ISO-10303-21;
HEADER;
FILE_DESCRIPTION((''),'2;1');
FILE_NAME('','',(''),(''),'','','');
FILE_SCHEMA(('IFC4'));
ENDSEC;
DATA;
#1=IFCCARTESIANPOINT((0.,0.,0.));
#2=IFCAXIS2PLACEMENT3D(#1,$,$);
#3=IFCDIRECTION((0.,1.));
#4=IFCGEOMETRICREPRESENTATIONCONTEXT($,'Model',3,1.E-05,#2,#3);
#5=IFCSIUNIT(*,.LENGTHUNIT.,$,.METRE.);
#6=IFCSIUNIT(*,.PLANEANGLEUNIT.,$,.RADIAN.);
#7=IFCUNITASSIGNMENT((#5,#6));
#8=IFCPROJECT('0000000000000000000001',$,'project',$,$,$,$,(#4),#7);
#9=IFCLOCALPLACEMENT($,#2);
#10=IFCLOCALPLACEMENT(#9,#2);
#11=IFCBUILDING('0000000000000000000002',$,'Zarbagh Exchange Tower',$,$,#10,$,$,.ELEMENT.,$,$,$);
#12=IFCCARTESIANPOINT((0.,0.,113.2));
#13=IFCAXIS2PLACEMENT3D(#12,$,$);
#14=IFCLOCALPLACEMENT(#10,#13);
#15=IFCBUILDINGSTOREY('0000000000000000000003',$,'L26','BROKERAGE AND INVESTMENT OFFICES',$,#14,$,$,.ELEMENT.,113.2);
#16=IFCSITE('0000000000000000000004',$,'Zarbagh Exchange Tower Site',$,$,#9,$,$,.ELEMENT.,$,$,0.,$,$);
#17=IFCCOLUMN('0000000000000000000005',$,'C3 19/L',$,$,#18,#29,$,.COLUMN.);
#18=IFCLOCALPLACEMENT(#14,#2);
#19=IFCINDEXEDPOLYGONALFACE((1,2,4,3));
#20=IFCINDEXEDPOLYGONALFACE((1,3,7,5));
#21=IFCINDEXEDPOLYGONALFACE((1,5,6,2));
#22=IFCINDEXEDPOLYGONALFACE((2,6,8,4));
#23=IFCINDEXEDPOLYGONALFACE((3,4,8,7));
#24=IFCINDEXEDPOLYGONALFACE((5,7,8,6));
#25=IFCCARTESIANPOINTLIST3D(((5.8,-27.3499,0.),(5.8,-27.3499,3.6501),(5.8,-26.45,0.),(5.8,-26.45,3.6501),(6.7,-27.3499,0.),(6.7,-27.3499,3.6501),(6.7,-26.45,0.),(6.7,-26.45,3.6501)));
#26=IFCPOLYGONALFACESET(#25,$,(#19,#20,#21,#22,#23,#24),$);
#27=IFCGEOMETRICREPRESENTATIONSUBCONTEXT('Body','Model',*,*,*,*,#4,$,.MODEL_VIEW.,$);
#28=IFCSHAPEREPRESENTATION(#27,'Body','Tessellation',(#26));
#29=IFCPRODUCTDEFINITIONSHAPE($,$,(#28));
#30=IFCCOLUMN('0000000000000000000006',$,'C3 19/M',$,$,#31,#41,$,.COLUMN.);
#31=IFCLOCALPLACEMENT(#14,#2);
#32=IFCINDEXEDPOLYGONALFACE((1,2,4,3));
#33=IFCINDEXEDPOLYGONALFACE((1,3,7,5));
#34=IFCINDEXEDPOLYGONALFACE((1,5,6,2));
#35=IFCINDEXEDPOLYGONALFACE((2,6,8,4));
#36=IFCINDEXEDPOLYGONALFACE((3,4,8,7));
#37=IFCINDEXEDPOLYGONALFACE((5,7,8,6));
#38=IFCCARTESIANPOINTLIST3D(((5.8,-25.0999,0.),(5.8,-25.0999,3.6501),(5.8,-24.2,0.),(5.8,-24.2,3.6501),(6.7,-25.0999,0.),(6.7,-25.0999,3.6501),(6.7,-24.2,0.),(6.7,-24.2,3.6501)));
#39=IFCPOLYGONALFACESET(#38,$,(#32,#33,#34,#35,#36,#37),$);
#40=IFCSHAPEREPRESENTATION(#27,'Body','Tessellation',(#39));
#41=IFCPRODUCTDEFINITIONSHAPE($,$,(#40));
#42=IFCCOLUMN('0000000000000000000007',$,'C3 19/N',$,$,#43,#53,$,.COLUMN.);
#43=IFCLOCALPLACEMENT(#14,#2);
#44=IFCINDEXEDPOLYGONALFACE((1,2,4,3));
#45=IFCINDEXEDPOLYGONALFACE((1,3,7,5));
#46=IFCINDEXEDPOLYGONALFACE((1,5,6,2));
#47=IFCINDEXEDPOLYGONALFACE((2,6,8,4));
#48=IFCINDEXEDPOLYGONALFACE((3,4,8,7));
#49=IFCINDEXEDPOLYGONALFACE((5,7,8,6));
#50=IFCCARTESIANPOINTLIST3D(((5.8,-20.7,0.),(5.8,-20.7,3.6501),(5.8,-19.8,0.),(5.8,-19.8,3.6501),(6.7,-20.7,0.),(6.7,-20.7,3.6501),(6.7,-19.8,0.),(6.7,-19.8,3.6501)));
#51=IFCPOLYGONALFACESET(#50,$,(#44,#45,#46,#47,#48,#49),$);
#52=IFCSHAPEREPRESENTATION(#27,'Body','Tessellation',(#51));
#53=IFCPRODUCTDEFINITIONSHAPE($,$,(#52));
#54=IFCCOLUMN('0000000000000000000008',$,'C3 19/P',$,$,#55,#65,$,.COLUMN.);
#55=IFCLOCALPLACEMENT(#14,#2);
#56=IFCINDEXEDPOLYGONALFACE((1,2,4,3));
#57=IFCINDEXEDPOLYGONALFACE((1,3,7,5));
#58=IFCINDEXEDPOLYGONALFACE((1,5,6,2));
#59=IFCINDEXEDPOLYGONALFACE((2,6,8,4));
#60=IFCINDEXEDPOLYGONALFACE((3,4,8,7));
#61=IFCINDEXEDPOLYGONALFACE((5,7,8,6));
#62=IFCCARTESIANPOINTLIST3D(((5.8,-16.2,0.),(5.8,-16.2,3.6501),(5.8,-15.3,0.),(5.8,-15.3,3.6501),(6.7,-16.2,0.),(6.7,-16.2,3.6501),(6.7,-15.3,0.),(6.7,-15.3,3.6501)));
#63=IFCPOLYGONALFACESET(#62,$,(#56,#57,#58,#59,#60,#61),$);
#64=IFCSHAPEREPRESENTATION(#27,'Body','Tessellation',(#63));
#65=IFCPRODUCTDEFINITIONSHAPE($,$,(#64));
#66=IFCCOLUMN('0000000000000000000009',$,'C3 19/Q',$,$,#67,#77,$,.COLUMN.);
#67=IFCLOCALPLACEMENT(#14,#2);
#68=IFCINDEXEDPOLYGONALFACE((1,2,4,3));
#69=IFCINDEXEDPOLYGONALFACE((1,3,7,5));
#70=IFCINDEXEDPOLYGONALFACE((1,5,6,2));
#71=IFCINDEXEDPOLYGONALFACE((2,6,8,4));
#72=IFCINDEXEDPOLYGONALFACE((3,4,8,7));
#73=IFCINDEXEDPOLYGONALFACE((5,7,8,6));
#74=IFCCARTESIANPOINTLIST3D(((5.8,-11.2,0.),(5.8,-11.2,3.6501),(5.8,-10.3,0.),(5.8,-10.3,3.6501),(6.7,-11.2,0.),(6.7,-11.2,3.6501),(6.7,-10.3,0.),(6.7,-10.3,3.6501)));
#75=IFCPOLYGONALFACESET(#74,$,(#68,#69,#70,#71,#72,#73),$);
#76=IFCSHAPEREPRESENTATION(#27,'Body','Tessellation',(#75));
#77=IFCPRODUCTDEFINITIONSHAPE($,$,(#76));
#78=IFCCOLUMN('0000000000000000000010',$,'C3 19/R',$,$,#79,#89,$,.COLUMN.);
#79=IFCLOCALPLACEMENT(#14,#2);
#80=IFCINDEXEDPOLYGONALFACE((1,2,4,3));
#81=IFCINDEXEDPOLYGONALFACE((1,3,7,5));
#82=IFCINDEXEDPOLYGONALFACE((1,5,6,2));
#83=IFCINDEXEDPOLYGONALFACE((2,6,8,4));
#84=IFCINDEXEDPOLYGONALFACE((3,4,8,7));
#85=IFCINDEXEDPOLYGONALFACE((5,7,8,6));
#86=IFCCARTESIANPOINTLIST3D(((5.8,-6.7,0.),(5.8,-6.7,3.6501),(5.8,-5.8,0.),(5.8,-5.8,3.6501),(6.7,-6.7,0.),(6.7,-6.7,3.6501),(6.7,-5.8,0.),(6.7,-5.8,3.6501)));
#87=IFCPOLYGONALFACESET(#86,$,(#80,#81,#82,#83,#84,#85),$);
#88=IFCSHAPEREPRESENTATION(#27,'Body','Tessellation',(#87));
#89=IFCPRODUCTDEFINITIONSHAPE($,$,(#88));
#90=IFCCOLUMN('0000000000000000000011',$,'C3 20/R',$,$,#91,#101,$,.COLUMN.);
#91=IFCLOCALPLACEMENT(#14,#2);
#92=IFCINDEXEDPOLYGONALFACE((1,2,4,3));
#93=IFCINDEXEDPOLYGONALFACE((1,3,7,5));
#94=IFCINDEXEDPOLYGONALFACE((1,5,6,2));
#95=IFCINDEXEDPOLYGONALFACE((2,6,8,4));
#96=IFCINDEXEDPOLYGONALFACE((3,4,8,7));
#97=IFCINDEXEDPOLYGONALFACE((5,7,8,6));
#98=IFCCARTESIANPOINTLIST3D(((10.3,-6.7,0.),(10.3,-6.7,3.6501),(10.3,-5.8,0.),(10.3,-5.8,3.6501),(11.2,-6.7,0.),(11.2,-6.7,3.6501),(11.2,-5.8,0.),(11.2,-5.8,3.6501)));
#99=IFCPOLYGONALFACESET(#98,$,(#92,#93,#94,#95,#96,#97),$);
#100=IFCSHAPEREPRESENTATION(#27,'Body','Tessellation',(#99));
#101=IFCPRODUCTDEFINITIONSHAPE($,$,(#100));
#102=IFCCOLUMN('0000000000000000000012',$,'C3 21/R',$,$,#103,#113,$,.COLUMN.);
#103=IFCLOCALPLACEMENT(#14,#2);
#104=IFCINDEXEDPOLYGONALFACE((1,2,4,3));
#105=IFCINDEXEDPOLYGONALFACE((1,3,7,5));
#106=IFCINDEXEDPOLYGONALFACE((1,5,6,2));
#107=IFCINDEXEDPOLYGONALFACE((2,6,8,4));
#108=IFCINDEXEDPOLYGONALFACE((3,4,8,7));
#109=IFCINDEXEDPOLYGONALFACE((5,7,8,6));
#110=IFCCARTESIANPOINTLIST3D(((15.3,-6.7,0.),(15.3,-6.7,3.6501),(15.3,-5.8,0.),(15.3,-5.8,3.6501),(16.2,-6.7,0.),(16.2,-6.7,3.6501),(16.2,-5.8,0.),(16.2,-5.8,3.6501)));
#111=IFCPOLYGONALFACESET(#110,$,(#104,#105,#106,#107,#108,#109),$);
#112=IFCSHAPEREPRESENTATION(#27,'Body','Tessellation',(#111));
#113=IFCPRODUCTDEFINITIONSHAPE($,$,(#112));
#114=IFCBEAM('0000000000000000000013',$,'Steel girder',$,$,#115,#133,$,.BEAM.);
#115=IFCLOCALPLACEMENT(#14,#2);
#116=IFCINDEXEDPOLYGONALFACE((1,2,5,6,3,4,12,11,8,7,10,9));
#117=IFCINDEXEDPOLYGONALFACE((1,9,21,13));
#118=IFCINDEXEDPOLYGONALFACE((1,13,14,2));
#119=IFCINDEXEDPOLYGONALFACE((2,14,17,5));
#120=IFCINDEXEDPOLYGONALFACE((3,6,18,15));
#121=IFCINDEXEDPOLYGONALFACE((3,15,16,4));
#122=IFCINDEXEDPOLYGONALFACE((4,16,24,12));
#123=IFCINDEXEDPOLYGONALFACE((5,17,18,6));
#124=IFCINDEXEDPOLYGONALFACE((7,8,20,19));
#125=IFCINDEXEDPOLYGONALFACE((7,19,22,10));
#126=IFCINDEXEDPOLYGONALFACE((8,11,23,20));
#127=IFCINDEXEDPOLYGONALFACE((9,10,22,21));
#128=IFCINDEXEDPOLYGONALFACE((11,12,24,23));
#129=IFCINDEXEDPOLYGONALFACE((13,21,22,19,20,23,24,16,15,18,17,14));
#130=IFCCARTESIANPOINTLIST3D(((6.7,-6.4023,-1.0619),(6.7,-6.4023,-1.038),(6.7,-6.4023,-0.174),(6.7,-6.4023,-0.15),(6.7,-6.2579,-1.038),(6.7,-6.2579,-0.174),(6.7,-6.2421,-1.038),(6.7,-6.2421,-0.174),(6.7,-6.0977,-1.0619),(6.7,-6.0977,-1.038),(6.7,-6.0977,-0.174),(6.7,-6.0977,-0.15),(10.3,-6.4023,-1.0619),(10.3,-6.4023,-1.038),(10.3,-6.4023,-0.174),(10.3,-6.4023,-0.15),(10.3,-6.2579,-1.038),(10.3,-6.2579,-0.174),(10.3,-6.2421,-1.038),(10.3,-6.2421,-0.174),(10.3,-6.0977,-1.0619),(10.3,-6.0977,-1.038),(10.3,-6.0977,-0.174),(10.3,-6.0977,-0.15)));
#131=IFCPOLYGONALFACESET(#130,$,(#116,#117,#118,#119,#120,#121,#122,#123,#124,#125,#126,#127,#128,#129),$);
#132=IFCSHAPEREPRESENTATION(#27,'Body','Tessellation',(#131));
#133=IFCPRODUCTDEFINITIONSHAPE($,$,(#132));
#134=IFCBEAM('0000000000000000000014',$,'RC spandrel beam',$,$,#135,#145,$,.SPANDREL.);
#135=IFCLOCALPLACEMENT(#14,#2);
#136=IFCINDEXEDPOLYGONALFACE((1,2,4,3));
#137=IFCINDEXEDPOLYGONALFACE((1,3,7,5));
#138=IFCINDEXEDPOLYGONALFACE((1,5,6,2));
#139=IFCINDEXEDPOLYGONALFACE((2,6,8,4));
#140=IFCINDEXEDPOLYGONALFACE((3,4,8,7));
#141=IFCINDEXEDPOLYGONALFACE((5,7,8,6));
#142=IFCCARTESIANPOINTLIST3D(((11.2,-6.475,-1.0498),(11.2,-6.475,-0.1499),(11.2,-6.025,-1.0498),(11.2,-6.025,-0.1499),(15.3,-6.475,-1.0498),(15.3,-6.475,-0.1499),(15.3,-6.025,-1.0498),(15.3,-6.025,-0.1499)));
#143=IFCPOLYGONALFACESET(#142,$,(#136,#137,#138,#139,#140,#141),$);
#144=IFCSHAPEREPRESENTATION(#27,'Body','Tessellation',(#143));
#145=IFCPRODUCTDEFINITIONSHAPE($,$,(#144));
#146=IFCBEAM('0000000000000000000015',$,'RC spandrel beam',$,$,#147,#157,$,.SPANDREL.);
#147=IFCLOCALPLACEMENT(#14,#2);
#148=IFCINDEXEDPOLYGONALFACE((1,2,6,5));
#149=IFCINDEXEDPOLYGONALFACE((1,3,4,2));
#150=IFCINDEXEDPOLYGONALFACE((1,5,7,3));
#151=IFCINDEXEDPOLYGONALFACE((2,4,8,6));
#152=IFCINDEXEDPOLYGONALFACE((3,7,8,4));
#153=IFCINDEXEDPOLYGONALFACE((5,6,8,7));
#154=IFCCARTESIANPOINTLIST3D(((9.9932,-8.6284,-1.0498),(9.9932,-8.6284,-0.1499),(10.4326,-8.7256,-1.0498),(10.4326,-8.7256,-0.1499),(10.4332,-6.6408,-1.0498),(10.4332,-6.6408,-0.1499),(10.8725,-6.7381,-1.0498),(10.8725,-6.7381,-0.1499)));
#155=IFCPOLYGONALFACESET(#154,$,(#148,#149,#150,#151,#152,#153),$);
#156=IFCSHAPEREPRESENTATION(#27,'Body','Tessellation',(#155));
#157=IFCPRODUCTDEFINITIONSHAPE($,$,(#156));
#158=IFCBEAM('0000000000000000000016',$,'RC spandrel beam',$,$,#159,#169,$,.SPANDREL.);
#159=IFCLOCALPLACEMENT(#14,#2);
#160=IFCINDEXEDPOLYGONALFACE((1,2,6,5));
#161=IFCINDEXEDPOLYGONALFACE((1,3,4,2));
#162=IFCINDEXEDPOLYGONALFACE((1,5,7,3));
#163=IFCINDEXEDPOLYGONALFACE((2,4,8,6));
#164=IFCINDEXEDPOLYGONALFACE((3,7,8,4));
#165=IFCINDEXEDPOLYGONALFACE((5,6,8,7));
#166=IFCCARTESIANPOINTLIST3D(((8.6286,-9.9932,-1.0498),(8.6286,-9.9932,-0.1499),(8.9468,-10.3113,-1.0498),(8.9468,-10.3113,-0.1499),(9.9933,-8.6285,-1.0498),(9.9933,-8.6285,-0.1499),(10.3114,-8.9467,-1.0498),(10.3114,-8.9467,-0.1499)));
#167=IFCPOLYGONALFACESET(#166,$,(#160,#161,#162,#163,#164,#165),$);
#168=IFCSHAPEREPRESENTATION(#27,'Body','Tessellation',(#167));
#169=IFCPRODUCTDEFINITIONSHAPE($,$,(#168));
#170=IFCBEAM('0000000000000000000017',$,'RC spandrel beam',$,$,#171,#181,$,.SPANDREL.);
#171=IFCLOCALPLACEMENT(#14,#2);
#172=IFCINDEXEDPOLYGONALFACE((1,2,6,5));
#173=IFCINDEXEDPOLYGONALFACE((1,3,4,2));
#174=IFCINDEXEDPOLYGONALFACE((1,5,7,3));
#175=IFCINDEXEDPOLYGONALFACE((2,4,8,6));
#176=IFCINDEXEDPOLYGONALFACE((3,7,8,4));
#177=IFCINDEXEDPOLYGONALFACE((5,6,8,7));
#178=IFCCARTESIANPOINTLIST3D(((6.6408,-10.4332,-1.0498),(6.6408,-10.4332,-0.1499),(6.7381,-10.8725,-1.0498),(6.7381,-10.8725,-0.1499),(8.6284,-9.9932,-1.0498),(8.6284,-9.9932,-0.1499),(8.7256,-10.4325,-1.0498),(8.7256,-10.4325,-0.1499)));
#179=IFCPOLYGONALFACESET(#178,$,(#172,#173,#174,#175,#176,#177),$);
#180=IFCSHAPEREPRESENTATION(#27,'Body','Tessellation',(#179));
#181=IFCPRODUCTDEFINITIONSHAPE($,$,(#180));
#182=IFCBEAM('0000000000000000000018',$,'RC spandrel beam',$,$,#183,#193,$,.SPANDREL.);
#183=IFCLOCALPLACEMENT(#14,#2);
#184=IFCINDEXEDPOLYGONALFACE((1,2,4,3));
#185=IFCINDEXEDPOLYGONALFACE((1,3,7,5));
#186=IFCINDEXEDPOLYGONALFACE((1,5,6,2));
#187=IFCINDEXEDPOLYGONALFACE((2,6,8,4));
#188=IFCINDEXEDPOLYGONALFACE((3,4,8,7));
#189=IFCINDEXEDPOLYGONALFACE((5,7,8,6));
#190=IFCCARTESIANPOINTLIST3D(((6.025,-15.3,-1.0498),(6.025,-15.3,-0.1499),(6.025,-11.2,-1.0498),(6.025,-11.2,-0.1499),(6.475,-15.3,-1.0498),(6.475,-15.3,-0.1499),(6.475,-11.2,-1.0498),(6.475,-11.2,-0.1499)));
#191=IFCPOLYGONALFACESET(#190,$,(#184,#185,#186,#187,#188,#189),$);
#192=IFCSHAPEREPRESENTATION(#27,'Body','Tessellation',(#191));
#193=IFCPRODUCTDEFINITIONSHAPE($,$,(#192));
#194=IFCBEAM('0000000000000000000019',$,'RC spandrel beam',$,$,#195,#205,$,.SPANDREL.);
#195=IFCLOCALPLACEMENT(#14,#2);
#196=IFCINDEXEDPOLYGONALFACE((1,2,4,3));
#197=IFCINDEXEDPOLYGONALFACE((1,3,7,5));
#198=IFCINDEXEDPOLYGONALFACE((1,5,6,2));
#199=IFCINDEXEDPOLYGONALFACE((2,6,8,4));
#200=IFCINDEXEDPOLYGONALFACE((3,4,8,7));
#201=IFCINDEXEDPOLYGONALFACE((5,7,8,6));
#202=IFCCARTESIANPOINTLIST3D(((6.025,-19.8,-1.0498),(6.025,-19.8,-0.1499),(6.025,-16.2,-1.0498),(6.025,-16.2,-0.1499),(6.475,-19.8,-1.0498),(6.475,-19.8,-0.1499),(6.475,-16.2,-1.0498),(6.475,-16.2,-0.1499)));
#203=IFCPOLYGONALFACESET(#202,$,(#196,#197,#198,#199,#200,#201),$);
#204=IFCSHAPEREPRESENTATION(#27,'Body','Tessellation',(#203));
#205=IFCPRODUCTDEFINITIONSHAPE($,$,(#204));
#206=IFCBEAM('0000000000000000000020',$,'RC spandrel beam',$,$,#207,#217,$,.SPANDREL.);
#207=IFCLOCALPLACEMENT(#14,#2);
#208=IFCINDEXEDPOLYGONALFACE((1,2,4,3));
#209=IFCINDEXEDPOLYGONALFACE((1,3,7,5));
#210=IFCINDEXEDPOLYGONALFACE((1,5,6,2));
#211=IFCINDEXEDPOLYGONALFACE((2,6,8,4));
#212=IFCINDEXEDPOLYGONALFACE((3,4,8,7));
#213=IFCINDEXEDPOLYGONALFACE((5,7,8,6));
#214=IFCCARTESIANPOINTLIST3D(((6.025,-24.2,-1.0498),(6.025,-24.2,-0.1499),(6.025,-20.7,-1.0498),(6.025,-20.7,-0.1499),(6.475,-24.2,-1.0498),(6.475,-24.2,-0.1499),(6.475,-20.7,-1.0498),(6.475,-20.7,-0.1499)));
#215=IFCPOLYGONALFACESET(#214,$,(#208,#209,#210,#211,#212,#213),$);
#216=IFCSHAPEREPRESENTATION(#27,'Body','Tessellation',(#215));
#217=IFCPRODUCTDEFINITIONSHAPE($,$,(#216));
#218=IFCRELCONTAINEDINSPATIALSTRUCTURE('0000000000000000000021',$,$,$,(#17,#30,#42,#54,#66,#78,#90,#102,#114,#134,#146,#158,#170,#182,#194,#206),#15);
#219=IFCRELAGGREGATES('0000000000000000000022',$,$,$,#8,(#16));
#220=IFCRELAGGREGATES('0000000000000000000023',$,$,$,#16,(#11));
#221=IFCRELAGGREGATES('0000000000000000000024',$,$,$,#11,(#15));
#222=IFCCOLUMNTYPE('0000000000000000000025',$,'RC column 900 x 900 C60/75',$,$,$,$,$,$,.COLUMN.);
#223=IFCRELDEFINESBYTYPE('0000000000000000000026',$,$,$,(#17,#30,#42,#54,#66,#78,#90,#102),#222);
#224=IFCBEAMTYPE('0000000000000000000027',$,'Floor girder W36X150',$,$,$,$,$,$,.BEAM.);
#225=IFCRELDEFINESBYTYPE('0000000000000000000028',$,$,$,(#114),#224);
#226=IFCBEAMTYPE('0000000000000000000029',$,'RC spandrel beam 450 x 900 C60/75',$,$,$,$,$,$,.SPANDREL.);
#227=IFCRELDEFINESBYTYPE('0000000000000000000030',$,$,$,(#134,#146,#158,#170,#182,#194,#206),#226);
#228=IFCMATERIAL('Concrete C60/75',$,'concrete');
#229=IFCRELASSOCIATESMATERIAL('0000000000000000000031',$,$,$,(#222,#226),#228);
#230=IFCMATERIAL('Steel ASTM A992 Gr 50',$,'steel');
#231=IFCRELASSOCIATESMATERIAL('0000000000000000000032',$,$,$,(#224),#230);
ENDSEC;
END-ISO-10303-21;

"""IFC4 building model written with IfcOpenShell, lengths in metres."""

from ifc_helpers import new_model, si_unit, direction, frame, origin, origin_2d, place, context, subcontext, project, spatial, rectangle, i_section, extrude, material, material_profile, profile_set, type_object, element, save


model = new_model("IFC4")

# Units and contexts
model_context = context("Model", 3, precision=1e-05, world=origin(), true_north=direction((0.0, 1.0)))
body_context = subcontext(model_context, "Body", "Model", "MODEL_VIEW")
ifc_project = project(units=[si_unit("LENGTHUNIT", "METRE"), si_unit("PLANEANGLEUNIT", "RADIAN")], contexts=[model_context])

# Site, building, storey
site_placement = place(None, origin())
site = spatial("IfcSite", under=ifc_project, at=site_placement, Name="Zarbagh Exchange Tower Site", CompositionType="ELEMENT", RefElevation=0.0)
building_placement = place(site_placement, origin())
building = spatial("IfcBuilding", under=site, at=building_placement, Name="Zarbagh Exchange Tower", CompositionType="ELEMENT")
storey_placement = place(building_placement, frame((0.0, 0.0, 113.2)))
storey = spatial("IfcBuildingStorey", under=building, at=storey_placement, Name="L26", Description="BROKERAGE AND INVESTMENT OFFICES", CompositionType="ELEMENT", Elevation=113.2)

# Columns
ifc_material_1 = material(Name="Concrete C60/75", Category="concrete")
ifc_material_profile_1 = material_profile(ifc_material_1, rectangle(XDim=0.8999, YDim=0.8999, at=origin_2d()), Name="RC column 900 x 900 C60/75")
ifc_profile_set_1 = profile_set([ifc_material_profile_1], Name="Concrete C60/75")
column_type = type_object("IfcColumnType", Name="RC column 900 x 900 C60/75", PredefinedType="COLUMN", material=ifc_profile_set_1)
for number, where, z_axis, x_axis, name in (
    (1, (6.25, -26.8999, 0.0), (0.0, 0.0, 1.0), (1.0, 0.0, 0.0), "C3 19/L"),
    (2, (6.25, -24.6499, 0.0), (0.0, 0.0, 1.0), (1.0, 0.0, 0.0), "C3 19/M"),
    (3, (6.25, -20.25, 0.0), (0.0, 0.0, 1.0), (1.0, 0.0, 0.0), "C3 19/N"),
    (4, (6.25, -15.75, 0.0), (0.0, 0.0, 1.0), (1.0, 0.0, 0.0), "C3 19/P"),
    (5, (6.25, -10.75, 0.0), (0.0, 0.0, 1.0), (1.0, 0.0, 0.0), "C3 19/Q"),
    (6, (6.25, -6.25, 0.0), (0.0, 0.0, 1.0), (1.0, 0.0, 0.0), "C3 19/R"),
    (7, (10.75, -6.25, 0.0), (0.0, 0.0, 1.0), (1.0, 0.0, 0.0), "C3 20/R"),
    (8, (15.75, -6.25, 0.0), (0.0, 0.0, 1.0), (1.0, 0.0, 0.0), "C3 21/R"),
):
    element("IfcColumn", number, at=place(storey_placement, frame(where, z_axis=z_axis, x_axis=x_axis)), inside=storey, type_object=column_type, Name=name, PredefinedType="COLUMN", context=body_context, shape_type="SweptSolid", body=[
        extrude(rectangle(XDim=0.8999, YDim=0.8999, at=origin_2d()), origin(), (0.0, 0.0, 1.0), 3.6501),
    ])

# Beams
ifc_material_2 = material(Name="Steel ASTM A992 Gr 50", Category="steel")
ifc_material_profile_2 = material_profile(ifc_material_2, i_section(OverallWidth=0.3047, OverallDepth=0.9119, WebThickness=0.0159, FlangeThickness=0.0239, at=origin_2d()), Name="W36X150")
ifc_profile_set_2 = profile_set([ifc_material_profile_2], Name="Steel ASTM A992 Gr 50")
beam_type_1 = type_object("IfcBeamType", Name="Floor girder W36X150", PredefinedType="BEAM", material=ifc_profile_set_2)
beam_1_placement = place(storey_placement, frame((6.7, -6.25, -0.606), z_axis=(1.0, 0.0, 0.0), x_axis=(0.0, 1.0, 0.0)))
element("IfcBeam", 9, at=beam_1_placement, inside=storey, type_object=beam_type_1, Name="Steel girder", PredefinedType="BEAM", context=body_context, shape_type="SweptSolid", body=[
    extrude(i_section(OverallWidth=0.3047, OverallDepth=0.9119, WebThickness=0.0159, FlangeThickness=0.0239, at=origin_2d()), origin(), (0.0, 0.0, 1.0), 3.6001),
])
ifc_material_profile_3 = material_profile(ifc_material_1, rectangle(XDim=0.45, YDim=0.8999, at=origin_2d()), Name="RC spandrel beam 450 x 900 C60/75")
ifc_profile_set_3 = profile_set([ifc_material_profile_3], Name="Concrete C60/75")
beam_type_2 = type_object("IfcBeamType", Name="RC spandrel beam 450 x 900 C60/75", PredefinedType="SPANDREL", material=ifc_profile_set_3)
beam_2_placement = place(storey_placement, frame((15.3, -6.25, -0.5999), z_axis=(-1.0, 0.0, 0.0), x_axis=(0.0, -1.0, 0.0)))
element("IfcBeam", 10, at=beam_2_placement, inside=storey, type_object=beam_type_2, Name="RC spandrel beam", PredefinedType="SPANDREL", context=body_context, shape_type="SweptSolid", body=[
    extrude(rectangle(XDim=0.45, YDim=0.8999, at=origin_2d()), origin(), (0.0, 0.0, 1.0), 4.1001),
])
beam_3_placement = place(storey_placement, frame((10.6528, -6.6895, -0.5999), z_axis=(-0.216118, -0.976367, 0.0), x_axis=(0.976367, -0.216118, 0.0)))
element("IfcBeam", 11, at=beam_3_placement, inside=storey, type_object=beam_type_2, Name="RC spandrel beam", PredefinedType="SPANDREL", context=body_context, shape_type="SweptSolid", body=[
    extrude(rectangle(XDim=0.45, YDim=0.8999, at=origin_2d()), origin(), (0.0, 0.0, 1.0), 2.0356),
])
beam_4_placement = place(storey_placement, frame((10.1523, -8.7876, -0.5999), z_axis=(-0.707107, -0.707107, 0.0), x_axis=(0.707107, -0.707107, 0.0)))
element("IfcBeam", 12, at=beam_4_placement, inside=storey, type_object=beam_type_2, Name="RC spandrel beam", PredefinedType="SPANDREL", context=body_context, shape_type="SweptSolid", body=[
    extrude(rectangle(XDim=0.45, YDim=0.8999, at=origin_2d()), origin(), (0.0, 0.0, 1.0), 1.9299),
])
beam_5_placement = place(storey_placement, frame((8.677, -10.2129, -0.5999), z_axis=(-0.976367, -0.216118, 0.0), x_axis=(0.216118, -0.976367, 0.0)))
element("IfcBeam", 13, at=beam_5_placement, inside=storey, type_object=beam_type_2, Name="RC spandrel beam", PredefinedType="SPANDREL", context=body_context, shape_type="SweptSolid", body=[
    extrude(rectangle(XDim=0.45, YDim=0.8999, at=origin_2d()), origin(), (0.0, 0.0, 1.0), 2.0356),
])
beam_6_placement = place(storey_placement, frame((6.25, -11.2, -0.5999), z_axis=(0.0, -1.0, 0.0), x_axis=(1.0, 0.0, 0.0)))
element("IfcBeam", 14, at=beam_6_placement, inside=storey, type_object=beam_type_2, Name="RC spandrel beam", PredefinedType="SPANDREL", context=body_context, shape_type="SweptSolid", body=[
    extrude(rectangle(XDim=0.45, YDim=0.8999, at=origin_2d()), origin(), (0.0, 0.0, 1.0), 4.1001),
])
beam_7_placement = place(storey_placement, frame((6.25, -16.2, -0.5999), z_axis=(0.0, -1.0, 0.0), x_axis=(1.0, 0.0, 0.0)))
element("IfcBeam", 15, at=beam_7_placement, inside=storey, type_object=beam_type_2, Name="RC spandrel beam", PredefinedType="SPANDREL", context=body_context, shape_type="SweptSolid", body=[
    extrude(rectangle(XDim=0.45, YDim=0.8999, at=origin_2d()), origin(), (0.0, 0.0, 1.0), 3.6001),
])
beam_8_placement = place(storey_placement, frame((6.25, -20.7, -0.5999), z_axis=(0.0, -1.0, 0.0), x_axis=(1.0, 0.0, 0.0)))
element("IfcBeam", 16, at=beam_8_placement, inside=storey, type_object=beam_type_2, Name="RC spandrel beam", PredefinedType="SPANDREL", context=body_context, shape_type="SweptSolid", body=[
    extrude(rectangle(XDim=0.45, YDim=0.8999, at=origin_2d()), origin(), (0.0, 0.0, 1.0), 3.5),
])

save(model, "model.ifc")
